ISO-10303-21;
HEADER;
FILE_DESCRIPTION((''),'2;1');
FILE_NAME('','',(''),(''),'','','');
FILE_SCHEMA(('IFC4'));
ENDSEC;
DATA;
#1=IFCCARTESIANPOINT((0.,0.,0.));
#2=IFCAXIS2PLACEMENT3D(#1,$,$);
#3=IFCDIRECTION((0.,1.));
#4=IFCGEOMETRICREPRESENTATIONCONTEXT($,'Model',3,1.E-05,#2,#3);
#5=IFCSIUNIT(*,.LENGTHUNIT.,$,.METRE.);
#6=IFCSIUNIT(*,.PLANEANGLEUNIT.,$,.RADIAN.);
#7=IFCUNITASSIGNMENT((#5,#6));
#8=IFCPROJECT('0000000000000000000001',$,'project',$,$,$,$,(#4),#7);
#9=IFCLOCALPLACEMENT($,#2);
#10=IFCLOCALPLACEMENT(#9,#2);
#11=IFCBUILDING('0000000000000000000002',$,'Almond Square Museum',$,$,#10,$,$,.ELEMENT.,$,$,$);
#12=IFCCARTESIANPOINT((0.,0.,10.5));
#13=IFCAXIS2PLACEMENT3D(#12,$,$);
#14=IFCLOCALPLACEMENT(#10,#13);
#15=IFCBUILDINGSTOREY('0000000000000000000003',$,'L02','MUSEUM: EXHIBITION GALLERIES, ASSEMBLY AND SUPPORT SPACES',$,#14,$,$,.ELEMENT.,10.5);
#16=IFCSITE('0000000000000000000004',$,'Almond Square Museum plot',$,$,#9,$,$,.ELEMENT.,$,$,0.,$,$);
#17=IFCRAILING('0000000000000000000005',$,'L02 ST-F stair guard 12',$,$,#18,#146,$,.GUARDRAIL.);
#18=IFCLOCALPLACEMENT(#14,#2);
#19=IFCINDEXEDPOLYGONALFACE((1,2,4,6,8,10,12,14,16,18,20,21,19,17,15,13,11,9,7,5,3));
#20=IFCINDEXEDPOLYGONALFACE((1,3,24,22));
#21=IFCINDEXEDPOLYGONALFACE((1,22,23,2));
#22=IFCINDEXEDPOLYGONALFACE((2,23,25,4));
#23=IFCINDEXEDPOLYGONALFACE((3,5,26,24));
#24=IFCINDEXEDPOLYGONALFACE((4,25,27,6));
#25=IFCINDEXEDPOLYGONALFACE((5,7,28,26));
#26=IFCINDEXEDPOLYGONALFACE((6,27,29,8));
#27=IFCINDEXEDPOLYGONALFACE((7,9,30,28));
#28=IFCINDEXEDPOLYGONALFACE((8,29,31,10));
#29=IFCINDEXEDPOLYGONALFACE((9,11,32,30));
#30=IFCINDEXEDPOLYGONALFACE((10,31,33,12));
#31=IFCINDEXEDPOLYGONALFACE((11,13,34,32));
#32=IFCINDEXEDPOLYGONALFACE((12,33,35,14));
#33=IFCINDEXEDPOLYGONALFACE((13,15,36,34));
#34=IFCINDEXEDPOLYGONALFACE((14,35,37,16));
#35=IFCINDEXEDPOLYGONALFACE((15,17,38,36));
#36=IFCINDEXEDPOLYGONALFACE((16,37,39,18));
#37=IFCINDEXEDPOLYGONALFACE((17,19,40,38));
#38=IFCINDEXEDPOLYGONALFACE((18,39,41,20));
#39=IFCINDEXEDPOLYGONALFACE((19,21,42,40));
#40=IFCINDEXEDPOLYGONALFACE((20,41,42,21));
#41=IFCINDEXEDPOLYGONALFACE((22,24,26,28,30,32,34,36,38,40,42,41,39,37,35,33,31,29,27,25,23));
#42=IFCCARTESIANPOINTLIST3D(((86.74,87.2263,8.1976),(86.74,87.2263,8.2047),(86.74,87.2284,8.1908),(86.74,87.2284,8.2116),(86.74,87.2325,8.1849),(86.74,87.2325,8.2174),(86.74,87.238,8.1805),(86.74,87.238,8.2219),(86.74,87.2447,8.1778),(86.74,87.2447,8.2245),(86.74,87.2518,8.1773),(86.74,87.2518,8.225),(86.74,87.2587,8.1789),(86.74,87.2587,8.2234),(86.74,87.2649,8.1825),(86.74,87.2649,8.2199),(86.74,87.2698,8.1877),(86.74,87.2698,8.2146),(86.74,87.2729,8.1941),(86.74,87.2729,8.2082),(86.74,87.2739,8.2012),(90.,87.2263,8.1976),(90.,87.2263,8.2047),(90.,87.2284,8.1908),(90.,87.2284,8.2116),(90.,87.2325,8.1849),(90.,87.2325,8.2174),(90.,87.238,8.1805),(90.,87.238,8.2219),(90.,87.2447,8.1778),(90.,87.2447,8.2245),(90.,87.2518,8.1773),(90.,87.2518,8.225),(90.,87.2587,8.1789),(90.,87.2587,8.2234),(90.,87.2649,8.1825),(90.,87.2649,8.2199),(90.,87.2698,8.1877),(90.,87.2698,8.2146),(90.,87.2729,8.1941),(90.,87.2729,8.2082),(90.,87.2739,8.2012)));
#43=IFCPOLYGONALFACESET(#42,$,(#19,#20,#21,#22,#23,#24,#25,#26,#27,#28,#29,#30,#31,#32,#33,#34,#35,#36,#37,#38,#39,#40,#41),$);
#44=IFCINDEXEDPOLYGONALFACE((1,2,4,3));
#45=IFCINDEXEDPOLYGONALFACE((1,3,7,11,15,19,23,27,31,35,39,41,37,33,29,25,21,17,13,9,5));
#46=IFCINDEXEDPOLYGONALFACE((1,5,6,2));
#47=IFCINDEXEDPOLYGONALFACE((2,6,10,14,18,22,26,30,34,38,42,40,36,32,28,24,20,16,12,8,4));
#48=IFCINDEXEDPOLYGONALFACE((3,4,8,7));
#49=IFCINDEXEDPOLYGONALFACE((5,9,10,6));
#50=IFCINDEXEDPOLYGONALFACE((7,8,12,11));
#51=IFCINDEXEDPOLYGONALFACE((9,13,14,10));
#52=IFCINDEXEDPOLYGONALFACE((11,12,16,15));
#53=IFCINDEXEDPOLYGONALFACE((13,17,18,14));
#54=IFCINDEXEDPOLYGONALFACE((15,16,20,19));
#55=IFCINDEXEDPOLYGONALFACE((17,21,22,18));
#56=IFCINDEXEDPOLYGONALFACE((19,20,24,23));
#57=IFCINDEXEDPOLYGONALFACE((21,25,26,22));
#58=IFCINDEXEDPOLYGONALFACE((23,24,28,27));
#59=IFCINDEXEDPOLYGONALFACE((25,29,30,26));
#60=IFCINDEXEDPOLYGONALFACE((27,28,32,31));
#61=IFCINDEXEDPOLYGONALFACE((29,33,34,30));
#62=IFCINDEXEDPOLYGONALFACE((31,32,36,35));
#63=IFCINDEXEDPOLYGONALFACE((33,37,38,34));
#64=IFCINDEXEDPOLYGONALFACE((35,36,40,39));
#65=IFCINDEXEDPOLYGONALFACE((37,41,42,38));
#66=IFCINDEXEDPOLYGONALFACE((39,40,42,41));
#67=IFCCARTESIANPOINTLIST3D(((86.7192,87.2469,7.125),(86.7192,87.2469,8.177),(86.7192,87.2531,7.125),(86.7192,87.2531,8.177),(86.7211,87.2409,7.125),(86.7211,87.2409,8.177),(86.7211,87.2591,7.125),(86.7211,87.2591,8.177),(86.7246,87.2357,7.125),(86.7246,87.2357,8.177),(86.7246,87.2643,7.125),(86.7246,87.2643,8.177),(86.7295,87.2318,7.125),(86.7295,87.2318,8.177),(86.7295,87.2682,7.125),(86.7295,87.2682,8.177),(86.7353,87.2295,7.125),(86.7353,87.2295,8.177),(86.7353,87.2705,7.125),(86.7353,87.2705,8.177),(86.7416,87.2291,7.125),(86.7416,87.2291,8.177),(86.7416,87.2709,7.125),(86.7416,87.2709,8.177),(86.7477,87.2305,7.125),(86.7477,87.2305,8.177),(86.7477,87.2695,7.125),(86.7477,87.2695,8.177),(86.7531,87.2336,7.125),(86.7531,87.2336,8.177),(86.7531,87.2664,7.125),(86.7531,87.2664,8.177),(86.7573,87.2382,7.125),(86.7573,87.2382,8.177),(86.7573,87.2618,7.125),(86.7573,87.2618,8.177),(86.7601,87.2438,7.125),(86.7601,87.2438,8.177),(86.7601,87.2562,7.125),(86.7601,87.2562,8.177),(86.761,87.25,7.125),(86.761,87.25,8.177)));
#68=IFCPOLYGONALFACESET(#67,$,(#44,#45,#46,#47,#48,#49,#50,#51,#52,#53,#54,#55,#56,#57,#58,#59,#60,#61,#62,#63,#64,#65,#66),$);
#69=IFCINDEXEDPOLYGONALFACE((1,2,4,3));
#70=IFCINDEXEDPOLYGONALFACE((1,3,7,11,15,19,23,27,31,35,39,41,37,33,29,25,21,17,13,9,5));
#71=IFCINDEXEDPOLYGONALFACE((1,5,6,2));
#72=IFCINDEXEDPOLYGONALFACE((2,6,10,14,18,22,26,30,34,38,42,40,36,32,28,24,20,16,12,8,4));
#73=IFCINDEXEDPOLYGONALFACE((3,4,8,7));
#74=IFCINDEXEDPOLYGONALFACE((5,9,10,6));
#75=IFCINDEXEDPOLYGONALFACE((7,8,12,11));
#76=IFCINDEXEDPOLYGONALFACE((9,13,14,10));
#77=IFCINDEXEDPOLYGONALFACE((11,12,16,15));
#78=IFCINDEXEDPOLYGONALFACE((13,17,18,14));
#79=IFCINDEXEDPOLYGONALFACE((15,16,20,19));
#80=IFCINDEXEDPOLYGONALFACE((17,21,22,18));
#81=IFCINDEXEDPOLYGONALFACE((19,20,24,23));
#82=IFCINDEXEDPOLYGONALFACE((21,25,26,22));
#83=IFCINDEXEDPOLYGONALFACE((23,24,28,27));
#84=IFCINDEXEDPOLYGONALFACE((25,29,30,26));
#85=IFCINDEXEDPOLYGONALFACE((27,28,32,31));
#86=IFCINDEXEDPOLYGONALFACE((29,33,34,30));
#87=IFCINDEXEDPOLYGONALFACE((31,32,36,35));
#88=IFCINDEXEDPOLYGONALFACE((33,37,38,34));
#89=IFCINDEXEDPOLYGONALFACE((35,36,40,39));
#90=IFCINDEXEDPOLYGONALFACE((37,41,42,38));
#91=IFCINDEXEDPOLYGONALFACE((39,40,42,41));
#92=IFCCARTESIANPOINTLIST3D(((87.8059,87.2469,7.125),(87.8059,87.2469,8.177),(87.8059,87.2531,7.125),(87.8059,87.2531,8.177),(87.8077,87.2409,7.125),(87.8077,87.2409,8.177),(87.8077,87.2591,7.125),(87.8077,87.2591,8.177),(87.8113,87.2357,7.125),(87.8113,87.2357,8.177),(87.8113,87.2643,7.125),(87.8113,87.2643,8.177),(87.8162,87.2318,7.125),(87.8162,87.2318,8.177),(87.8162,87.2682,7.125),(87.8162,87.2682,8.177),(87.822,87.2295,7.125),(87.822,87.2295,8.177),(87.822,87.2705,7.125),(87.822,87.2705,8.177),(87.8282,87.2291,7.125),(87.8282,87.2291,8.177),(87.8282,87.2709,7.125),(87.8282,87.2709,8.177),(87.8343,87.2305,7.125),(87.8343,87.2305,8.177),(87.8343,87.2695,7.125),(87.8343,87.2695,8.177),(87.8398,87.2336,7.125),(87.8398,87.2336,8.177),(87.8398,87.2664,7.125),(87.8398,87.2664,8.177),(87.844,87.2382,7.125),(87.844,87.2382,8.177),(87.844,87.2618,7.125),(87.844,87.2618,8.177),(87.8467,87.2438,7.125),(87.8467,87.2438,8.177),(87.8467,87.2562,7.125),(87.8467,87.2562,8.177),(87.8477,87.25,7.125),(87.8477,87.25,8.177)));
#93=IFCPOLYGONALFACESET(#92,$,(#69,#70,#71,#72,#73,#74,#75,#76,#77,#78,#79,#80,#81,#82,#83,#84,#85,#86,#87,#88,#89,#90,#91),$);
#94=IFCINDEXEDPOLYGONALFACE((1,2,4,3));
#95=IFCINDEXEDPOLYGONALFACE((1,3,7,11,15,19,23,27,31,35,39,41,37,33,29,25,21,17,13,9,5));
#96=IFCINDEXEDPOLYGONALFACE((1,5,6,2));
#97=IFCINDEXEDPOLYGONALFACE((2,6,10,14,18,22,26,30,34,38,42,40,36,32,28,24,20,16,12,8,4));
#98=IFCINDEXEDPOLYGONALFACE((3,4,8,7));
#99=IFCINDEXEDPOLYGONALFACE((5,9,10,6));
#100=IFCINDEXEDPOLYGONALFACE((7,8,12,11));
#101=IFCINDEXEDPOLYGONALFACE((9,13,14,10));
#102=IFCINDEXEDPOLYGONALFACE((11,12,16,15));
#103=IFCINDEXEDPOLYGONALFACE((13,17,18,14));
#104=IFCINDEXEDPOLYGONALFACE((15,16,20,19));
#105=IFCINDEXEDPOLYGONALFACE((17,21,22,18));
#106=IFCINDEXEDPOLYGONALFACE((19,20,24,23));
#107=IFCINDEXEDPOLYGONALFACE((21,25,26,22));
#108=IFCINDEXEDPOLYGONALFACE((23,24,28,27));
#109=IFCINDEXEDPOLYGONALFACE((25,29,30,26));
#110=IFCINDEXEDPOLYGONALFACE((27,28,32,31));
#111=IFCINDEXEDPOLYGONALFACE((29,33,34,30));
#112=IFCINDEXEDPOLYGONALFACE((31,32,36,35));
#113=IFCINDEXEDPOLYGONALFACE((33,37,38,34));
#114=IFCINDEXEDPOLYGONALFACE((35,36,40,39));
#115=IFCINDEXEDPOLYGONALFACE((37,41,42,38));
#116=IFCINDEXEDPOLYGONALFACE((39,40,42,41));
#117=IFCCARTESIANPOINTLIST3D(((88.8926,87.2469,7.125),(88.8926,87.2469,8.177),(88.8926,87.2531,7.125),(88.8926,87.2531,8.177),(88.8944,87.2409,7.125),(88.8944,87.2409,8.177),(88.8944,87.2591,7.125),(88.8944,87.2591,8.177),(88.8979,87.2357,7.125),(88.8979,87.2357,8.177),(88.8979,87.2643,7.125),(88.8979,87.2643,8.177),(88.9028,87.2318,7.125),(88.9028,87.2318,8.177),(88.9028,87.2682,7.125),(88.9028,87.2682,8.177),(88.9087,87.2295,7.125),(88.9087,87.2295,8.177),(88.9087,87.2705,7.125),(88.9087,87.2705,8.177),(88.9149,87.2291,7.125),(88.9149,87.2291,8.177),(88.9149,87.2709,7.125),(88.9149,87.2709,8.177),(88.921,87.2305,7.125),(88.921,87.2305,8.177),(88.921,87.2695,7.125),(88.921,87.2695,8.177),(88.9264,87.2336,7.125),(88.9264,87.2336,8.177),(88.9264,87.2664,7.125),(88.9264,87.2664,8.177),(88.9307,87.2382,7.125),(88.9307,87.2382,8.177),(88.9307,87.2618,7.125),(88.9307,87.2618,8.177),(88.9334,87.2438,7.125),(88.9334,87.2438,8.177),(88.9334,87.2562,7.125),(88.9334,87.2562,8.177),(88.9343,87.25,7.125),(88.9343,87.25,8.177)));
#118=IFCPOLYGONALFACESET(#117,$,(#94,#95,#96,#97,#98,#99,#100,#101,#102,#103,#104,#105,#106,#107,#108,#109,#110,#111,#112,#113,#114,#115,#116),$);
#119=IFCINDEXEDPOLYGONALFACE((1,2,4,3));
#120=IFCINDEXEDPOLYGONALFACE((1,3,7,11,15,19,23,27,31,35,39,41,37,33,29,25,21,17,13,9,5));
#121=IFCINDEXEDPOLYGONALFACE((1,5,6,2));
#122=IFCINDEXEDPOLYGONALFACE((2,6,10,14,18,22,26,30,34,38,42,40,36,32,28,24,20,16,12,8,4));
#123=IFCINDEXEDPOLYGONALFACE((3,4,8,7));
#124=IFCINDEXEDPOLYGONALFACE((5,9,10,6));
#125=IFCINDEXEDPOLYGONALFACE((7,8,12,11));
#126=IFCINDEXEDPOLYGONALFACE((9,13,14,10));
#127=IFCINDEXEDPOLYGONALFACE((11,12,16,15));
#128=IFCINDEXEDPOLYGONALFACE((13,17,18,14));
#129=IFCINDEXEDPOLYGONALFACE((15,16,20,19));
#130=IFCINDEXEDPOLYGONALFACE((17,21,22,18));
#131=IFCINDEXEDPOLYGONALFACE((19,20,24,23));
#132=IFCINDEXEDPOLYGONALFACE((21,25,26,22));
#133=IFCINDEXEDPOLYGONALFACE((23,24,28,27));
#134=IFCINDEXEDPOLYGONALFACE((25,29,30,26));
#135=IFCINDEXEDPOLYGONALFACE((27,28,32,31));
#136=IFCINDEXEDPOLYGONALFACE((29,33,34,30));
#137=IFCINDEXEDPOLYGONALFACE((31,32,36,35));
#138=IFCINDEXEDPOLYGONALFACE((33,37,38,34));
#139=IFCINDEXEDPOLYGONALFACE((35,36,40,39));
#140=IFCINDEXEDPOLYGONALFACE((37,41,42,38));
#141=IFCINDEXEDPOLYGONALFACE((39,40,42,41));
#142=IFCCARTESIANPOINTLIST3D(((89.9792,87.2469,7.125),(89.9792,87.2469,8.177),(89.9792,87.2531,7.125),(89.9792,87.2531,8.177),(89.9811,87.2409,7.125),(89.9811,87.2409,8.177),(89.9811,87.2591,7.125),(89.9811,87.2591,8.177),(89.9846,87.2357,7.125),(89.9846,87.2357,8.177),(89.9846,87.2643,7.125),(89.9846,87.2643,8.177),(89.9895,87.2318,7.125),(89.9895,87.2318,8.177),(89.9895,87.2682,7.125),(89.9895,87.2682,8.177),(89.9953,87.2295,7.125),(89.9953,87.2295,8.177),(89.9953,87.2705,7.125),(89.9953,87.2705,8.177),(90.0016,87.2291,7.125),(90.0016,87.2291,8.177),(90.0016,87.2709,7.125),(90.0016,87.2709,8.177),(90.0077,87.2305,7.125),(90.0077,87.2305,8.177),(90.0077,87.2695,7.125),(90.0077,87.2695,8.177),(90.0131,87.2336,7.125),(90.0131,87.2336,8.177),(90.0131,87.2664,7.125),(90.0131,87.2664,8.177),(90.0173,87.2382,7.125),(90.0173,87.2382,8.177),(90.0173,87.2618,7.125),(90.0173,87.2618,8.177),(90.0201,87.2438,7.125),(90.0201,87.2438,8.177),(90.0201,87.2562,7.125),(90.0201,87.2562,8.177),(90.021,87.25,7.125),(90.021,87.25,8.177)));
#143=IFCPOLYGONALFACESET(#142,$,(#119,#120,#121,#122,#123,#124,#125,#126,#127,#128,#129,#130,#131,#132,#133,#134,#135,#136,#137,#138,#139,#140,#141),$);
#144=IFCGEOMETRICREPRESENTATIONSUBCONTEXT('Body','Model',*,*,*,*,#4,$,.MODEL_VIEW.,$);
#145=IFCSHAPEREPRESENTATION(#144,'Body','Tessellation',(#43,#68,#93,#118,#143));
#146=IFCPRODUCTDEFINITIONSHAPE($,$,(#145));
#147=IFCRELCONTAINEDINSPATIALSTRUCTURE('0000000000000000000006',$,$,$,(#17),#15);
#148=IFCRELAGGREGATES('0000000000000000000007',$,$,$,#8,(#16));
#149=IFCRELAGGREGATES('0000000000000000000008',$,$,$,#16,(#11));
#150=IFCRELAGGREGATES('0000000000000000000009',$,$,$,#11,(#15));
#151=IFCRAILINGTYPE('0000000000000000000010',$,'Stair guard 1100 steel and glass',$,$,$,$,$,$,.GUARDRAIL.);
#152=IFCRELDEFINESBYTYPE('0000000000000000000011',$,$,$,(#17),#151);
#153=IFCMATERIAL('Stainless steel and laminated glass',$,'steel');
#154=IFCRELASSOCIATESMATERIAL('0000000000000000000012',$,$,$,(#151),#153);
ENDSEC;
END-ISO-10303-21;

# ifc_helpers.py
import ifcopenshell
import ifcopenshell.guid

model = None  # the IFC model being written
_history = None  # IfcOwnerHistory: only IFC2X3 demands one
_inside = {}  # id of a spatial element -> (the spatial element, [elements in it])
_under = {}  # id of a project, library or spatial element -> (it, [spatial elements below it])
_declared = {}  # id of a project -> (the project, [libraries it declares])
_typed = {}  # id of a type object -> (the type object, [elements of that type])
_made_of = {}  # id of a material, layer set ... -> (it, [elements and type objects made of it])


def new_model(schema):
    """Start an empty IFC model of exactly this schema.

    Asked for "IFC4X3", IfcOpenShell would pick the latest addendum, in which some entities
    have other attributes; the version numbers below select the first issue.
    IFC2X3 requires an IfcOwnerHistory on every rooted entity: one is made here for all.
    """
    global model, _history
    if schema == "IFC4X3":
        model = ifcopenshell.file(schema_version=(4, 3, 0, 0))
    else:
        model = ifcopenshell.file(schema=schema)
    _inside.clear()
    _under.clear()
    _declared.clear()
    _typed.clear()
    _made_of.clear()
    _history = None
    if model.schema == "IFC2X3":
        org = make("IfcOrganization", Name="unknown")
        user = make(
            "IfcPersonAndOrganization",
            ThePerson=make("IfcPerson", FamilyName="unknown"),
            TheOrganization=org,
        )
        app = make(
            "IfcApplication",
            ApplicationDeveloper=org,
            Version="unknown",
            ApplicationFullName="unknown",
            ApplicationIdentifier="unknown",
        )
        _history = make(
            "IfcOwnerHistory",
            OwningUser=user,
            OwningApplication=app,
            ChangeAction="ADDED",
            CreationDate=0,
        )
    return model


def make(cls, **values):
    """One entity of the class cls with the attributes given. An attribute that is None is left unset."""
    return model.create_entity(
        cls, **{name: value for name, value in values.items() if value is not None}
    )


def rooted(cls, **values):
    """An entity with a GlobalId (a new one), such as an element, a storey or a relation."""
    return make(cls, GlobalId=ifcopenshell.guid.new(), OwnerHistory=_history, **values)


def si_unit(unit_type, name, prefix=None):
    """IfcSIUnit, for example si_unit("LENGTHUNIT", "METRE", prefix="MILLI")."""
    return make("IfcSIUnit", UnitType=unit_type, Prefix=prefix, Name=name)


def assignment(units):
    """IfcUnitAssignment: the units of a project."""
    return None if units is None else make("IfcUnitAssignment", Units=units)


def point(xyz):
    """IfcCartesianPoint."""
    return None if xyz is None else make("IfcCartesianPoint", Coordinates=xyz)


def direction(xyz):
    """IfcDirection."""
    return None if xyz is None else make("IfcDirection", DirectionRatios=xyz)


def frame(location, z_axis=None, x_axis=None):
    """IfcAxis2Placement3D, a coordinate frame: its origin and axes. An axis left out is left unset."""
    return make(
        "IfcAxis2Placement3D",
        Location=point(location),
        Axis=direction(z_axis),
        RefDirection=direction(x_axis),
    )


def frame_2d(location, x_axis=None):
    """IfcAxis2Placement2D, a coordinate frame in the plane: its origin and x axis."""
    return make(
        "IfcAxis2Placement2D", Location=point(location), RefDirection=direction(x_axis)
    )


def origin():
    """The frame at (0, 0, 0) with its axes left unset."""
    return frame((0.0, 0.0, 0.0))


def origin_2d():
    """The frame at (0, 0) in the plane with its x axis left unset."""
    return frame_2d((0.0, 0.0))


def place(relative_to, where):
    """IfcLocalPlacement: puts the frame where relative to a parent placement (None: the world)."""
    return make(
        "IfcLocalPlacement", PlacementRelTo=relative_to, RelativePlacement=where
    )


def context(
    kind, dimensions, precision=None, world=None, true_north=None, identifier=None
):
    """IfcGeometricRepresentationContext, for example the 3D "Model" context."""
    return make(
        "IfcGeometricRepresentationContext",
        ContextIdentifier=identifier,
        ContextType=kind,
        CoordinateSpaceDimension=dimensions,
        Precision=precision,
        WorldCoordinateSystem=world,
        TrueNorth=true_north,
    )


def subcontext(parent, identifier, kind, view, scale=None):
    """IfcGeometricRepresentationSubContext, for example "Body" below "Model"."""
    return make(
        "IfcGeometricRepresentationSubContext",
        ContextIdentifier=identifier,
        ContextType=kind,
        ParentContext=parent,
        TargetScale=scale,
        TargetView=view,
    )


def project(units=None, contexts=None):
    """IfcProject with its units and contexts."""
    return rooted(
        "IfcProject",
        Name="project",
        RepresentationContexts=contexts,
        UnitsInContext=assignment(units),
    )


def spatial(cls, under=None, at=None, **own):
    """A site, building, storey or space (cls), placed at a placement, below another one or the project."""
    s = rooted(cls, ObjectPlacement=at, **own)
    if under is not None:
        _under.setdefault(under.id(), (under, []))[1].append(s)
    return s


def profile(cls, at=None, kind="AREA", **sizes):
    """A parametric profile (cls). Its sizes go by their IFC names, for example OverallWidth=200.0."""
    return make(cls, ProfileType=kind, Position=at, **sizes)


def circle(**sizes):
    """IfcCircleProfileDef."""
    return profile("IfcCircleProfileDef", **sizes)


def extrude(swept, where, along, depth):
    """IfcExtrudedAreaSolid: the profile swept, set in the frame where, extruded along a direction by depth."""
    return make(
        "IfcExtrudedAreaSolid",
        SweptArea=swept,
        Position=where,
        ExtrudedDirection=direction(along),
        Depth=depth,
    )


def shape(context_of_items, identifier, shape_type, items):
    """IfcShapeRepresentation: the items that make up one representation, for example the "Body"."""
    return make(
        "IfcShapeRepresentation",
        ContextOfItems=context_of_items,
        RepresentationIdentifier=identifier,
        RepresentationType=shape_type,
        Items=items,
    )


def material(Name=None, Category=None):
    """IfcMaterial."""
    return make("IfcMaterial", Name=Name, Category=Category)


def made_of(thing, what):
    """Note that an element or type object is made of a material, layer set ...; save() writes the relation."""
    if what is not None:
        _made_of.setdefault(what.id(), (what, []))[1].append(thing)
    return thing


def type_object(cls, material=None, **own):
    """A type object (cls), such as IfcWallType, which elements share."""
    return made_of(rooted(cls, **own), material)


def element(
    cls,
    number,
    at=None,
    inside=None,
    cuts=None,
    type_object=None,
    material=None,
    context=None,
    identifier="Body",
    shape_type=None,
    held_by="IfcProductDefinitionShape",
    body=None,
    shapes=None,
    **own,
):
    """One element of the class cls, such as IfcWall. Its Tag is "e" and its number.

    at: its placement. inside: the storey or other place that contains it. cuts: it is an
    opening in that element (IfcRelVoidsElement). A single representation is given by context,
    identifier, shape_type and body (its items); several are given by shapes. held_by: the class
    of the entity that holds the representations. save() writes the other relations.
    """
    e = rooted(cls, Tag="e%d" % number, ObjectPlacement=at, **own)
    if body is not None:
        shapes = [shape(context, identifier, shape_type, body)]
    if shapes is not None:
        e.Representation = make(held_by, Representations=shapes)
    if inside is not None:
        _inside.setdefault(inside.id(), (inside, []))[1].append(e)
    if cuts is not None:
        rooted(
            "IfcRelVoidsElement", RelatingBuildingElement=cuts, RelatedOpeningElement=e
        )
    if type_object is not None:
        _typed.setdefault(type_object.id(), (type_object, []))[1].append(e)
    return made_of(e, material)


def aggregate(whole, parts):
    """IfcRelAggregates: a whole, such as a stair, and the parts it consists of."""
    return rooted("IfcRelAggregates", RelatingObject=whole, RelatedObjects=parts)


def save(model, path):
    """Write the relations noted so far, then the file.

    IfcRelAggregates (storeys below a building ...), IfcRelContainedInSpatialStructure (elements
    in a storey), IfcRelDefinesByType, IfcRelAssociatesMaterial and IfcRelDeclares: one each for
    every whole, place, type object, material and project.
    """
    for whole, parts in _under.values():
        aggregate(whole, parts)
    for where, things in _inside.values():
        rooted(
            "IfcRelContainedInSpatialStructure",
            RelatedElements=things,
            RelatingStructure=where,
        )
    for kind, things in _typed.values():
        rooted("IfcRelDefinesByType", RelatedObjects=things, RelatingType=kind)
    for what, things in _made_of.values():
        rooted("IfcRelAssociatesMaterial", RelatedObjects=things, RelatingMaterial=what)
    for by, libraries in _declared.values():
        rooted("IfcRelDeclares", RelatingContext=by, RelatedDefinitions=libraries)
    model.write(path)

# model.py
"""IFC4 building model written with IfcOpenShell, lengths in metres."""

from ifc_helpers import new_model, si_unit, direction, frame, origin, origin_2d, place, context, subcontext, project, spatial, circle, extrude, material, type_object, element, save


model = new_model("IFC4")

# Units and contexts
model_context = context("Model", 3, precision=1e-05, world=origin(), true_north=direction((0.0, 1.0)))
body_context = subcontext(model_context, "Body", "Model", "MODEL_VIEW")
ifc_project = project(units=[si_unit("LENGTHUNIT", "METRE"), si_unit("PLANEANGLEUNIT", "RADIAN")], contexts=[model_context])

# Site, building, storey
site_placement = place(None, origin())
site = spatial("IfcSite", under=ifc_project, at=site_placement, Name="Almond Square Museum plot", CompositionType="ELEMENT", RefElevation=0.0)
building_placement = place(site_placement, origin())
building = spatial("IfcBuilding", under=site, at=building_placement, Name="Almond Square Museum", CompositionType="ELEMENT")
storey_placement = place(building_placement, frame((0.0, 0.0, 10.5)))
storey = spatial("IfcBuildingStorey", under=building, at=storey_placement, Name="L02", Description="MUSEUM: EXHIBITION GALLERIES, ASSEMBLY AND SUPPORT SPACES", CompositionType="ELEMENT", Elevation=10.5)

# Railing
ifc_material_1 = material(Name="Stainless steel and laminated glass", Category="steel")
railing_type_1 = type_object("IfcRailingType", Name="Stair guard 1100 steel and glass", PredefinedType="GUARDRAIL", material=ifc_material_1)
railing_1_placement = place(storey_placement, frame((86.74, 87.25, 7.125)))
element("IfcRailing", 1, at=railing_1_placement, inside=storey, type_object=railing_type_1, Name="L02 ST-F stair guard 12", PredefinedType="GUARDRAIL", context=body_context, shape_type="SweptSolid", body=[
    extrude(circle(Radius=0.0239, at=origin_2d()), frame((0.0, 0.0, 1.0762), z_axis=(1.0, 0.0, 0.0), x_axis=(0.0, 1.0, 0.0)), (0.0, 0.0, 1.0), 3.26),
    extrude(circle(Radius=0.021, at=origin_2d()), origin(), (0.0, 0.0, 1.0), 1.052),
    extrude(circle(Radius=0.021, at=origin_2d()), frame((1.0867, 0.0, 0.0)), (0.0, 0.0, 1.0), 1.052),
    extrude(circle(Radius=0.021, at=origin_2d()), frame((2.1733, 0.0, 0.0)), (0.0, 0.0, 1.0), 1.052),
    extrude(circle(Radius=0.021, at=origin_2d()), frame((3.26, 0.0, 0.0)), (0.0, 0.0, 1.0), 1.052),
])

save(model, "model.ifc")
